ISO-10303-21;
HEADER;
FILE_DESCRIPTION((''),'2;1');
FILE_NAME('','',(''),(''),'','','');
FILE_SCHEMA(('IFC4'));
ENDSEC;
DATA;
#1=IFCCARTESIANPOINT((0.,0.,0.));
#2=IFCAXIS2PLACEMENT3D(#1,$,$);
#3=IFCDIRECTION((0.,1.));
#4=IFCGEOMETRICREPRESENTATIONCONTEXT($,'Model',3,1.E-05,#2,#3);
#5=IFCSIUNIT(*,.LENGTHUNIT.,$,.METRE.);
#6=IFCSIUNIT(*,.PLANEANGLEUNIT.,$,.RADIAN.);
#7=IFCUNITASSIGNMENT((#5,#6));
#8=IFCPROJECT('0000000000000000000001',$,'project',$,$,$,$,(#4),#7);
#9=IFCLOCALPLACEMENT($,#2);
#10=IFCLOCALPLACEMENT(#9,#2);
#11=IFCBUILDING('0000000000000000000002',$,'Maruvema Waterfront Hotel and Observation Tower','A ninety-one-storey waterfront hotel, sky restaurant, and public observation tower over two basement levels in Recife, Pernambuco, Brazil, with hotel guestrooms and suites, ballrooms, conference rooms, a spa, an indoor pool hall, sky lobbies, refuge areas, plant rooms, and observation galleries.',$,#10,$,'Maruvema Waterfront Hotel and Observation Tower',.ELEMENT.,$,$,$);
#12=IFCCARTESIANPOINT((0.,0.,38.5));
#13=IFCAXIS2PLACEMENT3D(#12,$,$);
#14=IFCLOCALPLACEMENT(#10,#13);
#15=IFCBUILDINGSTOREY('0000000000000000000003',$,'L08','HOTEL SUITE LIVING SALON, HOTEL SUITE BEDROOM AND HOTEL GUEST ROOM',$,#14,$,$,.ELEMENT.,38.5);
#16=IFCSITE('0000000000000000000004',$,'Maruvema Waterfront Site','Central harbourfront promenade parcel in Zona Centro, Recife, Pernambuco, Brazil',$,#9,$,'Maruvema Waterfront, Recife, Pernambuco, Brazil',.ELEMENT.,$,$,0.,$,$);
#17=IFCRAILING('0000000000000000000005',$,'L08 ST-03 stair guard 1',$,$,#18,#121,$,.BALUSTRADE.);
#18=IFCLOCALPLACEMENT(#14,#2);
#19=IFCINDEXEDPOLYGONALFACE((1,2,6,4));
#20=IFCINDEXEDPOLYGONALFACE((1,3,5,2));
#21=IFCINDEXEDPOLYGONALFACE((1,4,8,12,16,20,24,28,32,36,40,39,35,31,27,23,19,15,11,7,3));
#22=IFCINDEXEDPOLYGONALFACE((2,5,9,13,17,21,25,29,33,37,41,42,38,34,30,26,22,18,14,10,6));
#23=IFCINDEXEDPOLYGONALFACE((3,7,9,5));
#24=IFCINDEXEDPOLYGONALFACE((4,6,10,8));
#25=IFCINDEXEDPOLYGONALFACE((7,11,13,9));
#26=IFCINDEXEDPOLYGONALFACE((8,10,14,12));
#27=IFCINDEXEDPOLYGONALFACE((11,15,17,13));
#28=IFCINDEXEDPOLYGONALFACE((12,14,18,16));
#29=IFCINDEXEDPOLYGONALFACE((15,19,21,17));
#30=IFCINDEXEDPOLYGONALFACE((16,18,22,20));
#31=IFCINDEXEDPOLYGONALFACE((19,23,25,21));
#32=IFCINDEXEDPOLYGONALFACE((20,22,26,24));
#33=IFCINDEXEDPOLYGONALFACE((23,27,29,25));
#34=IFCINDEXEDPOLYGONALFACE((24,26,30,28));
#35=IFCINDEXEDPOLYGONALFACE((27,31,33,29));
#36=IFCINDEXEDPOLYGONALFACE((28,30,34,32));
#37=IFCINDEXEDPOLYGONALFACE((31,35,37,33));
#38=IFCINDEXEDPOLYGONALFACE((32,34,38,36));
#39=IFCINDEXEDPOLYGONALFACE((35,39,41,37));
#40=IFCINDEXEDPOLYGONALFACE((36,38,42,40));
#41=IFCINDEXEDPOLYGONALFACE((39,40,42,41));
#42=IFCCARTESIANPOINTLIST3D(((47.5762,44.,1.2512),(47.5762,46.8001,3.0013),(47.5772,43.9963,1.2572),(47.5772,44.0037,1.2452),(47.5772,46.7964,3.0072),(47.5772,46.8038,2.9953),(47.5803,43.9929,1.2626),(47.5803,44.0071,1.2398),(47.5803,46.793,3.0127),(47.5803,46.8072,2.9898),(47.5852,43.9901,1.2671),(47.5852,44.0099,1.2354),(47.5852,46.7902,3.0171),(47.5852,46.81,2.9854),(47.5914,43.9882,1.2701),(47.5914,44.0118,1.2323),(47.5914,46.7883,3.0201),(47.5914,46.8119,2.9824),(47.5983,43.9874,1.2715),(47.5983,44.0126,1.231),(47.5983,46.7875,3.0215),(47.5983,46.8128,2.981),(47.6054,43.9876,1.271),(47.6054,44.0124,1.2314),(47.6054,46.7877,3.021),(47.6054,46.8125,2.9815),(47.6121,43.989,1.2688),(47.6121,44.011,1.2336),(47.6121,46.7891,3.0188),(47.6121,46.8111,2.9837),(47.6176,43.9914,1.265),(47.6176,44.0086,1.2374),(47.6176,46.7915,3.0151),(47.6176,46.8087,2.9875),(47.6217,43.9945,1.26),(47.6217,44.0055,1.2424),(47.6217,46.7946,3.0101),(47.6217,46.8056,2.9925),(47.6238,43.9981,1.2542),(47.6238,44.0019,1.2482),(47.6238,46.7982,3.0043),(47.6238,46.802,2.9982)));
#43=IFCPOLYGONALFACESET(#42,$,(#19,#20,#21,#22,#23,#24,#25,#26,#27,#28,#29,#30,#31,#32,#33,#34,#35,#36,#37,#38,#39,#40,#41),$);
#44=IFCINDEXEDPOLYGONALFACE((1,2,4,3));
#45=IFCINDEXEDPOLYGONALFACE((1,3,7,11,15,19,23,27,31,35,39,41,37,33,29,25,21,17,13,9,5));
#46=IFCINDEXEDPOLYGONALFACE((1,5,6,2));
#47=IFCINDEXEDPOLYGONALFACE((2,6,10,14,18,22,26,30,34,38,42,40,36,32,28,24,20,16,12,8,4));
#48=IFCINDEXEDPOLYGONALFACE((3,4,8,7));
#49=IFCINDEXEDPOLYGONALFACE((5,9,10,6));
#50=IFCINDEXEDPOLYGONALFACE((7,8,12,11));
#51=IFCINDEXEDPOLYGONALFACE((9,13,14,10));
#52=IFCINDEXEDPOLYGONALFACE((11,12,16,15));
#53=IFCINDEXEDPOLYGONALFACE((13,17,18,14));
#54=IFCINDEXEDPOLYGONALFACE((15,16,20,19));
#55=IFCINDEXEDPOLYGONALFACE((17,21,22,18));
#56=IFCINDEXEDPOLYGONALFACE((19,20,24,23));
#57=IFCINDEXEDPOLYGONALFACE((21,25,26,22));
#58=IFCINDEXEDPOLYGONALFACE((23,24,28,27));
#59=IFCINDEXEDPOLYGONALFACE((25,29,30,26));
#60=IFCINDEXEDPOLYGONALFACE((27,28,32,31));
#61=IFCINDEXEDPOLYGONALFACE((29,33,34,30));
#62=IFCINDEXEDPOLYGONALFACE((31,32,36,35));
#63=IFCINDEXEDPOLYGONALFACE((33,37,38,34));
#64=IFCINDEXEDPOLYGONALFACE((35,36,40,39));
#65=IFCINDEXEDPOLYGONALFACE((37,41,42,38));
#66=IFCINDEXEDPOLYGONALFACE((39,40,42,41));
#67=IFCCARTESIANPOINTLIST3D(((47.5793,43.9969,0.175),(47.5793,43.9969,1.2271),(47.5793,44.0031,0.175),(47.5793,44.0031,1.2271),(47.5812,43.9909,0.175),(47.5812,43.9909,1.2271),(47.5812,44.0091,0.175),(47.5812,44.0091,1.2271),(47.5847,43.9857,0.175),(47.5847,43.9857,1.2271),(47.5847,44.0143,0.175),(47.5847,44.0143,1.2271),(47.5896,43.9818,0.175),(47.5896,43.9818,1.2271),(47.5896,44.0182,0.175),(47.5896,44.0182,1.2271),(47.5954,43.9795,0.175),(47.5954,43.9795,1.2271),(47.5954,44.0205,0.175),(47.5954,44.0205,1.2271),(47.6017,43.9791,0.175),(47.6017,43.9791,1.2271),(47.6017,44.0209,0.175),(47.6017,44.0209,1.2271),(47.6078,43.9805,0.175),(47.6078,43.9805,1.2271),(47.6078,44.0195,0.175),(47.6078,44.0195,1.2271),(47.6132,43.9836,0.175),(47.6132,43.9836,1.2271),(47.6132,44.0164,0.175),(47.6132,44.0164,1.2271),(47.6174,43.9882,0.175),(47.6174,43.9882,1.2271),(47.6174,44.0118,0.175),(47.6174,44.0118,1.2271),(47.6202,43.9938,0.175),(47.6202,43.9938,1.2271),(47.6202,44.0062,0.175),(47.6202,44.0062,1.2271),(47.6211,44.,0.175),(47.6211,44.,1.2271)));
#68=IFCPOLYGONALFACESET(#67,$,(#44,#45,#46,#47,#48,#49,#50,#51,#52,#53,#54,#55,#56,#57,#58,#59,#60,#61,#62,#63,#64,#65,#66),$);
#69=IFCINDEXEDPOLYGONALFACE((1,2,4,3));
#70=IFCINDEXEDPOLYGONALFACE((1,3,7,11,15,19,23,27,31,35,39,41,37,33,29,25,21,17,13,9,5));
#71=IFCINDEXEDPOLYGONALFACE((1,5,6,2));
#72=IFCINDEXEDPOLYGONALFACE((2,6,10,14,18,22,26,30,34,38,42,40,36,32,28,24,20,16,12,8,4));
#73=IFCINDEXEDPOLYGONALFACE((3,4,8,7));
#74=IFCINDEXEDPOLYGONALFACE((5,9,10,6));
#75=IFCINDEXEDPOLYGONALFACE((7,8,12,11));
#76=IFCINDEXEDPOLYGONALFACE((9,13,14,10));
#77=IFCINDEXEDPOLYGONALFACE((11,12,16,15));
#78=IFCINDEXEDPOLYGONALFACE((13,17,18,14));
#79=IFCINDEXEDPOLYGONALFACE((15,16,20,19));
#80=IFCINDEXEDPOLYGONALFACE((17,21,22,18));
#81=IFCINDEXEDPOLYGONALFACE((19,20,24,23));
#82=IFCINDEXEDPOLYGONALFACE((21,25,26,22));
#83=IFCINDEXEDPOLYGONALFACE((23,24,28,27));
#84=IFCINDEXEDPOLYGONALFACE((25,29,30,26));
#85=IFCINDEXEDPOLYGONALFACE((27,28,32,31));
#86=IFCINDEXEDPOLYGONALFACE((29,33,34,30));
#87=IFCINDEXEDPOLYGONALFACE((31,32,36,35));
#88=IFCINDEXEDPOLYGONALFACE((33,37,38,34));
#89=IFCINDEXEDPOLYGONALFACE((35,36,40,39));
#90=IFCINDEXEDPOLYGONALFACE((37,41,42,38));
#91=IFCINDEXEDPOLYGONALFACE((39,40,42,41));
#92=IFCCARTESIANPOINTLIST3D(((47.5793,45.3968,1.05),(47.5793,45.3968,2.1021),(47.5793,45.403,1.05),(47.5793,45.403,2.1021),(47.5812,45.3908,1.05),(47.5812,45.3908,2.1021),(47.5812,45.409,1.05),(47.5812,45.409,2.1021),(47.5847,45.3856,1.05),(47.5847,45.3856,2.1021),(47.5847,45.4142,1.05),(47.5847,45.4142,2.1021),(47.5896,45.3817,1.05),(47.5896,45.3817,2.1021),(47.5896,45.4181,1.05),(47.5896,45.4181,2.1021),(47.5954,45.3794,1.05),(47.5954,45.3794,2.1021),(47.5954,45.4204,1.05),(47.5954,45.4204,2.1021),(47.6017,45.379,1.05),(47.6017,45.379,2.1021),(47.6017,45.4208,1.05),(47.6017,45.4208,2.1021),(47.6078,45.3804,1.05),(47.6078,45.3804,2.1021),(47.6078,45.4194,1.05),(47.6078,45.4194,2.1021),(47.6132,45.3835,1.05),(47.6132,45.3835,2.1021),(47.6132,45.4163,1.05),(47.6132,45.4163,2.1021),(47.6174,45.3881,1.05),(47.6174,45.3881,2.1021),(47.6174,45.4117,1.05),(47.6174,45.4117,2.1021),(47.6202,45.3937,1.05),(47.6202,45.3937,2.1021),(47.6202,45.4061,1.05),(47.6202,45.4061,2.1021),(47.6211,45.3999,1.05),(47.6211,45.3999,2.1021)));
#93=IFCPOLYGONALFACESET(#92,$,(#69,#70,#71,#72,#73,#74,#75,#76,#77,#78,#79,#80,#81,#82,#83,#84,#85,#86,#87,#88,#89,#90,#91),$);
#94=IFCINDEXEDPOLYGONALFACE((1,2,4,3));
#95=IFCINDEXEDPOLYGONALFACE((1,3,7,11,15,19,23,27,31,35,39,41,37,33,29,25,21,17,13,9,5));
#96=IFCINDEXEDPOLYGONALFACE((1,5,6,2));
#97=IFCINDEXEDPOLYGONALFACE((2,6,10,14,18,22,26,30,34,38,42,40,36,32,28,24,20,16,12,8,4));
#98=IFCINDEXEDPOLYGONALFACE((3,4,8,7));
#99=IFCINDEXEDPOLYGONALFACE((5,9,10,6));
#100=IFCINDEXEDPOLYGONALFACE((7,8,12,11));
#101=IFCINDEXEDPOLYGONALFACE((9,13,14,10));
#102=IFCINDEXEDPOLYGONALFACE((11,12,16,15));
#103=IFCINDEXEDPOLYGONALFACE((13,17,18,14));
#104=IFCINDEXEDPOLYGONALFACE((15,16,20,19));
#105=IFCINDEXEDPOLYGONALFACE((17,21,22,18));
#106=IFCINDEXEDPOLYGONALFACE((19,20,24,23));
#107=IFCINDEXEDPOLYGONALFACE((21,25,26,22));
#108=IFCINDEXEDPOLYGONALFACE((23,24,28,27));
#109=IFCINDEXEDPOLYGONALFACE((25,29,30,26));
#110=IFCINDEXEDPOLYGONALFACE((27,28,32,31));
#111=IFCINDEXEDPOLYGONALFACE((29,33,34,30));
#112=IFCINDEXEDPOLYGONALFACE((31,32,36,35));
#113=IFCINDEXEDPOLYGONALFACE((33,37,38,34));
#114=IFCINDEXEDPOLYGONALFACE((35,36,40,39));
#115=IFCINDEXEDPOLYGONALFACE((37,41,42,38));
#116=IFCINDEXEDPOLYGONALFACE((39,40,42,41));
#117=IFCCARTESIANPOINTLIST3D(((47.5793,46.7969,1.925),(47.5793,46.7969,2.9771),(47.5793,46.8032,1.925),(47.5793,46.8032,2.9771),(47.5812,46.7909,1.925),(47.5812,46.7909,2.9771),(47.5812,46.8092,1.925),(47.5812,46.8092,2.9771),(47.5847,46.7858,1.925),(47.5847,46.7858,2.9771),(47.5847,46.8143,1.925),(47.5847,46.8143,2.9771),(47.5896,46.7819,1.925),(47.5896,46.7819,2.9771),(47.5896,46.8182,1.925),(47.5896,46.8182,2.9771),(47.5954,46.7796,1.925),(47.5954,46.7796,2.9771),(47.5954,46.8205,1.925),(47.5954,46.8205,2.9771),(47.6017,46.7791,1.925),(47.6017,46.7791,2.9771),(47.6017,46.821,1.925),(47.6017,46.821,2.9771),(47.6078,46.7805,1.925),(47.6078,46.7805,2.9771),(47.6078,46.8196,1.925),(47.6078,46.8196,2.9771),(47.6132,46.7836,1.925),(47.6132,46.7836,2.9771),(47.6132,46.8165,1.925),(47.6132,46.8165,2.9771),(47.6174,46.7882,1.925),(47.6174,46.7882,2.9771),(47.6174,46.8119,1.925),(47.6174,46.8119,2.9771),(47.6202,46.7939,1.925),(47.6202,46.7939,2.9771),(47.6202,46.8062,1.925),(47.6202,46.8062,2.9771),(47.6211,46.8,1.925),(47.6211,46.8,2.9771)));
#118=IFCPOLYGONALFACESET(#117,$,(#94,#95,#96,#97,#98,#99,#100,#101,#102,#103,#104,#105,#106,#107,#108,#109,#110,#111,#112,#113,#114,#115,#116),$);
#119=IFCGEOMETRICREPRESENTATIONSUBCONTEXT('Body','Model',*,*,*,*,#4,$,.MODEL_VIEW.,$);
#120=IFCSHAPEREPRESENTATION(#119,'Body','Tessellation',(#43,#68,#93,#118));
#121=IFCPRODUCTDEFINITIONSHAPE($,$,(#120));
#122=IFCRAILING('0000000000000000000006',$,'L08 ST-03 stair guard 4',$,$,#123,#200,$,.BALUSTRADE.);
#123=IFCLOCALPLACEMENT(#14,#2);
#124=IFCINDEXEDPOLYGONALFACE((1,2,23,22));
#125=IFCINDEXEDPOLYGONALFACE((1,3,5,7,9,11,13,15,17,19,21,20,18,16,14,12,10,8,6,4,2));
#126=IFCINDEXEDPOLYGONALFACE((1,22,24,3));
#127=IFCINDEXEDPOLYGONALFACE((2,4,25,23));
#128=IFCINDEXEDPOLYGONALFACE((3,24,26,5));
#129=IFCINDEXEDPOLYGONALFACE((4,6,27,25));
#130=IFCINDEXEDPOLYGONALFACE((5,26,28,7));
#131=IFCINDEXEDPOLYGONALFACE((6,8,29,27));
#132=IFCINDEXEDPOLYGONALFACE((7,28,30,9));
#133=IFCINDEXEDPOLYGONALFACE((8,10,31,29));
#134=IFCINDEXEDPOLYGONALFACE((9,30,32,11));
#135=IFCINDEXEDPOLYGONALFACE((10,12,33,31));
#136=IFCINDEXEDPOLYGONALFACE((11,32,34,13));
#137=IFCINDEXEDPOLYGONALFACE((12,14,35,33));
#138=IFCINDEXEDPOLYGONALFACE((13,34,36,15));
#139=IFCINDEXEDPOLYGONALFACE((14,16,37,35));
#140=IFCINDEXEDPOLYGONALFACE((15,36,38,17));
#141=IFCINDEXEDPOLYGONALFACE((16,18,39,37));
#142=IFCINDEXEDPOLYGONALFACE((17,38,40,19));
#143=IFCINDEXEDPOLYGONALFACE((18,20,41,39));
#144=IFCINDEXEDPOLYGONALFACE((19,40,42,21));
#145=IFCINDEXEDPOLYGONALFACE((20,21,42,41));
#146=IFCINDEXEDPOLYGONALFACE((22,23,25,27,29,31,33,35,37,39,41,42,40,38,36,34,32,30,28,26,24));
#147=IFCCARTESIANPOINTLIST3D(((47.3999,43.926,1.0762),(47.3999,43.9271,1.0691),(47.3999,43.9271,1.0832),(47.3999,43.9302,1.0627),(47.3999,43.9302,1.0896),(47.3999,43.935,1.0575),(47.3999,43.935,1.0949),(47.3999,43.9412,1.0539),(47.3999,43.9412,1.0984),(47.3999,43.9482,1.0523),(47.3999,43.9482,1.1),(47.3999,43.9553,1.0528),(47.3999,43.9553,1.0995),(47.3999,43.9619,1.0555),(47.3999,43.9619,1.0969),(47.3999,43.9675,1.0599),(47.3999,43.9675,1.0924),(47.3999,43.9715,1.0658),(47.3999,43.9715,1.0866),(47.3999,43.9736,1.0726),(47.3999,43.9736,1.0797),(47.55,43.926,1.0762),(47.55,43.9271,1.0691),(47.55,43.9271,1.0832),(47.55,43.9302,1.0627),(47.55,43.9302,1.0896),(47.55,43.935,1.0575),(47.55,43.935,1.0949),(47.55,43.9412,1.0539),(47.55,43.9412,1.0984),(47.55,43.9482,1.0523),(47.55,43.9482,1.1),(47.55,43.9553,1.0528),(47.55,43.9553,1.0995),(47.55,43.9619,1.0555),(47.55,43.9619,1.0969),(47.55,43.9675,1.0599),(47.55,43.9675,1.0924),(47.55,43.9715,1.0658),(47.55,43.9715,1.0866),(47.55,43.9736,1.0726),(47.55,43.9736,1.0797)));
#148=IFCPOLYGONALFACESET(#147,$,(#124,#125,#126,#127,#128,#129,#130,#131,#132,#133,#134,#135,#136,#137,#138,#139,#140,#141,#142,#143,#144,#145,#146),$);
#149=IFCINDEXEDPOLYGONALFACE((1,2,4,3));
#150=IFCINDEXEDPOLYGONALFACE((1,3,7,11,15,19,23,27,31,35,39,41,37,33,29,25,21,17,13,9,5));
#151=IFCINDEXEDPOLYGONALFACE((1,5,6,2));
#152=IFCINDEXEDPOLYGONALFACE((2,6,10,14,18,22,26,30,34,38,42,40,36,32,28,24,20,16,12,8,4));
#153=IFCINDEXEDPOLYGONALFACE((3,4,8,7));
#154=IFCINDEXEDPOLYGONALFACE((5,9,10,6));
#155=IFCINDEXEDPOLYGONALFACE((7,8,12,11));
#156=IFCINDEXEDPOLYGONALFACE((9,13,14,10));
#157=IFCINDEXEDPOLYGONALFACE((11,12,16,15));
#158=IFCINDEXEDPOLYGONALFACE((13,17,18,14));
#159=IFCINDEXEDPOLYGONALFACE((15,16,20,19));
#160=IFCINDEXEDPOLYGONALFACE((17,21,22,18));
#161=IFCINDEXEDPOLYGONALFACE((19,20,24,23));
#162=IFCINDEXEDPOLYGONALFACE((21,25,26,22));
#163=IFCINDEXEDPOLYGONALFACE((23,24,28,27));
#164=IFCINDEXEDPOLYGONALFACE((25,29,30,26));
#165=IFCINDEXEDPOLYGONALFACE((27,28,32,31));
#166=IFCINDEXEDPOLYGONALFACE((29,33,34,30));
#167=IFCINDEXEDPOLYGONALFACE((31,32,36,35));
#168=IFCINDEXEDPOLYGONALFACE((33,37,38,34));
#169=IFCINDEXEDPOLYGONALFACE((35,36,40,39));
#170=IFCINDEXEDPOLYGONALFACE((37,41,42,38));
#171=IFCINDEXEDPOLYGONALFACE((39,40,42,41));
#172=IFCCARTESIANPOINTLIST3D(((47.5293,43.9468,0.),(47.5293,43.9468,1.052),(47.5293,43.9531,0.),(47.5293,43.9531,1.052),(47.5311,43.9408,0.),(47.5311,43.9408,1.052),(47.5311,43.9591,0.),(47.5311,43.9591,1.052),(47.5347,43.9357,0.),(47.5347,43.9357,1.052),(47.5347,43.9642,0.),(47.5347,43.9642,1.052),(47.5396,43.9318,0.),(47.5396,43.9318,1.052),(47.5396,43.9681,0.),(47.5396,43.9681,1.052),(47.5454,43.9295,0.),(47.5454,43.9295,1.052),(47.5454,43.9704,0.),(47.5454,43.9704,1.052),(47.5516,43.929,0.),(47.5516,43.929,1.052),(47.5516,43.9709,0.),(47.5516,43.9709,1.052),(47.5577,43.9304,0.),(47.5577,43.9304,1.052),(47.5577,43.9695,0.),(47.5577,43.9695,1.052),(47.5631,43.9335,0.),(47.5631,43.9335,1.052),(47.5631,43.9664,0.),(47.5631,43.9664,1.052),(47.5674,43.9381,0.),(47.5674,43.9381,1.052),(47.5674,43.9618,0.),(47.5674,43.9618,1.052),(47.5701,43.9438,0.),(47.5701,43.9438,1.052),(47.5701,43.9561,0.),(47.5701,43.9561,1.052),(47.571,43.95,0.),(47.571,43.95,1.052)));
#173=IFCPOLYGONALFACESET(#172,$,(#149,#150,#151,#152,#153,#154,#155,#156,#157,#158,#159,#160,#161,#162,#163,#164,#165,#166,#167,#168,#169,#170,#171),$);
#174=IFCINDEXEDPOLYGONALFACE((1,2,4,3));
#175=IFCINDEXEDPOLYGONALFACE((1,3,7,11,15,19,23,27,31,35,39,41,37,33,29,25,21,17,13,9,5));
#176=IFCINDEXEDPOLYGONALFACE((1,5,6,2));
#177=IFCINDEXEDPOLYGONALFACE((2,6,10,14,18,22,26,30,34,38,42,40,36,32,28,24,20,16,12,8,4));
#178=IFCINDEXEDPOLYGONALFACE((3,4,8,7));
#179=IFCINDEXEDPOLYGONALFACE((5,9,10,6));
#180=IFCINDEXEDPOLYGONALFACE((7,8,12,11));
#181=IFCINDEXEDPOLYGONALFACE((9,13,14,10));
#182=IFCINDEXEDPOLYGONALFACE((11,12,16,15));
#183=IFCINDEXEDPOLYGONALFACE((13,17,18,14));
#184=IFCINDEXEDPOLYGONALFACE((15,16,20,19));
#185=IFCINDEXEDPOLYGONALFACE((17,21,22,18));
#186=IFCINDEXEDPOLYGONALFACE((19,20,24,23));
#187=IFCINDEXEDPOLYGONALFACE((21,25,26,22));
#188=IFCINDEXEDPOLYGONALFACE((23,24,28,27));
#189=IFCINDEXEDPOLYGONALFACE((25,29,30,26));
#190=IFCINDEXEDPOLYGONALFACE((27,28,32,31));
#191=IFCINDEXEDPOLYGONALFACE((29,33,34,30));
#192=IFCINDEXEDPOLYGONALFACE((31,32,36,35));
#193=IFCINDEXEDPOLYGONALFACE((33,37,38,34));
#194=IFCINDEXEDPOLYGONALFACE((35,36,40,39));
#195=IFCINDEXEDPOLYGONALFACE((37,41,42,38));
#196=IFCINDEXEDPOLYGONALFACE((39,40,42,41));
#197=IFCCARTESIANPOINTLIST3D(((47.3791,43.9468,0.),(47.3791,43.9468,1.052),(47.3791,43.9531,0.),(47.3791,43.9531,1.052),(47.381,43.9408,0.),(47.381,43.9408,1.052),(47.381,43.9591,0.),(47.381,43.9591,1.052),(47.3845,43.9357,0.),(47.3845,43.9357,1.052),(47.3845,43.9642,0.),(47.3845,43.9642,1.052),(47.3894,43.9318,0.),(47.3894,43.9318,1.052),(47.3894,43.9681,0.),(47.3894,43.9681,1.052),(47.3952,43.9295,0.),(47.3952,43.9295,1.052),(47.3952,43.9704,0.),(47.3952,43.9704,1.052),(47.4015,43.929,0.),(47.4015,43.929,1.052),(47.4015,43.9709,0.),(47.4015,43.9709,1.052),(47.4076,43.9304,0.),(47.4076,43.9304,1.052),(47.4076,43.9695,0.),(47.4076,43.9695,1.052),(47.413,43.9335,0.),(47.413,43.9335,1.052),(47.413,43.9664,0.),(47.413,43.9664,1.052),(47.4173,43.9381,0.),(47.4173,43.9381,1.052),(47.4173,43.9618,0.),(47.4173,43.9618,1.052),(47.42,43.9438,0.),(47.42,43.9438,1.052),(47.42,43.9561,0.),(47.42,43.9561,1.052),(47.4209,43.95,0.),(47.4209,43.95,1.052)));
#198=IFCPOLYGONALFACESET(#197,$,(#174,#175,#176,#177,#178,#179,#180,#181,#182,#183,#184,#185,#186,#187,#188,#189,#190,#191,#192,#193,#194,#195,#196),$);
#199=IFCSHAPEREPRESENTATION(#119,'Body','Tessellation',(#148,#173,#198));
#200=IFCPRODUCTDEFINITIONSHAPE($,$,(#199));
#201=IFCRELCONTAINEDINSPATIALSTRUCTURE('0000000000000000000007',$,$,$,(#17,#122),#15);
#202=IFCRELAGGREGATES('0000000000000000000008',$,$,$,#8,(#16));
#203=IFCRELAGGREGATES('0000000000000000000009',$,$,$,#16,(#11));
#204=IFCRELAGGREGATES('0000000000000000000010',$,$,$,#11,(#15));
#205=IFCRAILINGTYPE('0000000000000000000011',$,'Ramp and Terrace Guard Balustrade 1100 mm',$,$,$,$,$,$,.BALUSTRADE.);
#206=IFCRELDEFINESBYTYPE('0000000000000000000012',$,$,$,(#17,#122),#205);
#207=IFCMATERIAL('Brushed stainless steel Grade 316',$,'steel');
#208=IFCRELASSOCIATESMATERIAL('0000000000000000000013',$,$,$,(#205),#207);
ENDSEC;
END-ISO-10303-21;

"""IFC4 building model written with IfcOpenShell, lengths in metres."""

from ifc_helpers import new_model, si_unit, direction, frame, origin, origin_2d, place, context, subcontext, project, spatial, circle, extrude, material, type_object, element, save


model = new_model("IFC4")

# Units and contexts
model_context = context("Model", 3, precision=1e-05, world=origin(), true_north=direction((0.0, 1.0)))
body_context = subcontext(model_context, "Body", "Model", "MODEL_VIEW")
ifc_project = project(units=[si_unit("LENGTHUNIT", "METRE"), si_unit("PLANEANGLEUNIT", "RADIAN")], contexts=[model_context])

# Site, building, storey
site_placement = place(None, origin())
site = spatial("IfcSite", under=ifc_project, at=site_placement, Name="Maruvema Waterfront Site", Description="Central harbourfront promenade parcel in Zona Centro, Recife, Pernambuco, Brazil", LongName="Maruvema Waterfront, Recife, Pernambuco, Brazil", CompositionType="ELEMENT", RefElevation=0.0)
building_placement = place(site_placement, origin())
building = spatial("IfcBuilding", under=site, at=building_placement, Name="Maruvema Waterfront Hotel and Observation Tower", Description="A ninety-one-storey waterfront hotel, sky restaurant, and public observation tower over two basement levels in Recife, Pernambuco, Brazil, with hotel guestrooms and suites, ballrooms, conference rooms, a spa, an indoor pool hall, sky lobbies, refuge areas, plant rooms, and observation galleries.", LongName="Maruvema Waterfront Hotel and Observation Tower", CompositionType="ELEMENT")
storey_placement = place(building_placement, frame((0.0, 0.0, 38.5)))
storey = spatial("IfcBuildingStorey", under=building, at=storey_placement, Name="L08", Description="HOTEL SUITE LIVING SALON, HOTEL SUITE BEDROOM AND HOTEL GUEST ROOM", CompositionType="ELEMENT", Elevation=38.5)

# Railings
ifc_material_1 = material(Name="Brushed stainless steel Grade 316", Category="steel")
railing_type_1 = type_object("IfcRailingType", Name="Ramp and Terrace Guard Balustrade 1100 mm", PredefinedType="BALUSTRADE", material=ifc_material_1)
railing_1_placement = place(storey_placement, frame((47.6001, 44.0, 0.175)))
element("IfcRailing", 1, at=railing_1_placement, inside=storey, type_object=railing_type_1, Name="L08 ST-03 stair guard 1", PredefinedType="BALUSTRADE", context=body_context, shape_type="SweptSolid", body=[
    extrude(circle(Radius=0.0239, at=origin_2d()), frame((0.0, 0.0, 1.0762), z_axis=(0.0, 0.848002, 0.529992), x_axis=(-1.0, 0.0, 0.0)), (0.0, 0.0, 1.0), 3.302),
    extrude(circle(Radius=0.021, at=origin_2d()), origin(), (0.0, 0.0, 1.0), 1.052),
    extrude(circle(Radius=0.021, at=origin_2d()), frame((0.0, 1.3999, 0.875)), (0.0, 0.0, 1.0), 1.052),
    extrude(circle(Radius=0.021, at=origin_2d()), frame((0.0, 2.8, 1.75)), (0.0, 0.0, 1.0), 1.052),
])
railing_2_placement = place(storey_placement, frame((47.55, 43.95, 0.0)))
element("IfcRailing", 2, at=railing_2_placement, inside=storey, type_object=railing_type_1, Name="L08 ST-03 stair guard 4", PredefinedType="BALUSTRADE", context=body_context, shape_type="SweptSolid", body=[
    extrude(circle(Radius=0.0239, at=origin_2d()), frame((0.0, 0.0, 1.0762), z_axis=(-1.0, 0.0, 0.0), x_axis=(0.0, -1.0, 0.0)), (0.0, 0.0, 1.0), 0.1501),
    extrude(circle(Radius=0.021, at=origin_2d()), origin(), (0.0, 0.0, 1.0), 1.052),
    extrude(circle(Radius=0.021, at=origin_2d()), frame((-0.1501, 0.0, 0.0)), (0.0, 0.0, 1.0), 1.052),
])

save(model, "model.ifc")
